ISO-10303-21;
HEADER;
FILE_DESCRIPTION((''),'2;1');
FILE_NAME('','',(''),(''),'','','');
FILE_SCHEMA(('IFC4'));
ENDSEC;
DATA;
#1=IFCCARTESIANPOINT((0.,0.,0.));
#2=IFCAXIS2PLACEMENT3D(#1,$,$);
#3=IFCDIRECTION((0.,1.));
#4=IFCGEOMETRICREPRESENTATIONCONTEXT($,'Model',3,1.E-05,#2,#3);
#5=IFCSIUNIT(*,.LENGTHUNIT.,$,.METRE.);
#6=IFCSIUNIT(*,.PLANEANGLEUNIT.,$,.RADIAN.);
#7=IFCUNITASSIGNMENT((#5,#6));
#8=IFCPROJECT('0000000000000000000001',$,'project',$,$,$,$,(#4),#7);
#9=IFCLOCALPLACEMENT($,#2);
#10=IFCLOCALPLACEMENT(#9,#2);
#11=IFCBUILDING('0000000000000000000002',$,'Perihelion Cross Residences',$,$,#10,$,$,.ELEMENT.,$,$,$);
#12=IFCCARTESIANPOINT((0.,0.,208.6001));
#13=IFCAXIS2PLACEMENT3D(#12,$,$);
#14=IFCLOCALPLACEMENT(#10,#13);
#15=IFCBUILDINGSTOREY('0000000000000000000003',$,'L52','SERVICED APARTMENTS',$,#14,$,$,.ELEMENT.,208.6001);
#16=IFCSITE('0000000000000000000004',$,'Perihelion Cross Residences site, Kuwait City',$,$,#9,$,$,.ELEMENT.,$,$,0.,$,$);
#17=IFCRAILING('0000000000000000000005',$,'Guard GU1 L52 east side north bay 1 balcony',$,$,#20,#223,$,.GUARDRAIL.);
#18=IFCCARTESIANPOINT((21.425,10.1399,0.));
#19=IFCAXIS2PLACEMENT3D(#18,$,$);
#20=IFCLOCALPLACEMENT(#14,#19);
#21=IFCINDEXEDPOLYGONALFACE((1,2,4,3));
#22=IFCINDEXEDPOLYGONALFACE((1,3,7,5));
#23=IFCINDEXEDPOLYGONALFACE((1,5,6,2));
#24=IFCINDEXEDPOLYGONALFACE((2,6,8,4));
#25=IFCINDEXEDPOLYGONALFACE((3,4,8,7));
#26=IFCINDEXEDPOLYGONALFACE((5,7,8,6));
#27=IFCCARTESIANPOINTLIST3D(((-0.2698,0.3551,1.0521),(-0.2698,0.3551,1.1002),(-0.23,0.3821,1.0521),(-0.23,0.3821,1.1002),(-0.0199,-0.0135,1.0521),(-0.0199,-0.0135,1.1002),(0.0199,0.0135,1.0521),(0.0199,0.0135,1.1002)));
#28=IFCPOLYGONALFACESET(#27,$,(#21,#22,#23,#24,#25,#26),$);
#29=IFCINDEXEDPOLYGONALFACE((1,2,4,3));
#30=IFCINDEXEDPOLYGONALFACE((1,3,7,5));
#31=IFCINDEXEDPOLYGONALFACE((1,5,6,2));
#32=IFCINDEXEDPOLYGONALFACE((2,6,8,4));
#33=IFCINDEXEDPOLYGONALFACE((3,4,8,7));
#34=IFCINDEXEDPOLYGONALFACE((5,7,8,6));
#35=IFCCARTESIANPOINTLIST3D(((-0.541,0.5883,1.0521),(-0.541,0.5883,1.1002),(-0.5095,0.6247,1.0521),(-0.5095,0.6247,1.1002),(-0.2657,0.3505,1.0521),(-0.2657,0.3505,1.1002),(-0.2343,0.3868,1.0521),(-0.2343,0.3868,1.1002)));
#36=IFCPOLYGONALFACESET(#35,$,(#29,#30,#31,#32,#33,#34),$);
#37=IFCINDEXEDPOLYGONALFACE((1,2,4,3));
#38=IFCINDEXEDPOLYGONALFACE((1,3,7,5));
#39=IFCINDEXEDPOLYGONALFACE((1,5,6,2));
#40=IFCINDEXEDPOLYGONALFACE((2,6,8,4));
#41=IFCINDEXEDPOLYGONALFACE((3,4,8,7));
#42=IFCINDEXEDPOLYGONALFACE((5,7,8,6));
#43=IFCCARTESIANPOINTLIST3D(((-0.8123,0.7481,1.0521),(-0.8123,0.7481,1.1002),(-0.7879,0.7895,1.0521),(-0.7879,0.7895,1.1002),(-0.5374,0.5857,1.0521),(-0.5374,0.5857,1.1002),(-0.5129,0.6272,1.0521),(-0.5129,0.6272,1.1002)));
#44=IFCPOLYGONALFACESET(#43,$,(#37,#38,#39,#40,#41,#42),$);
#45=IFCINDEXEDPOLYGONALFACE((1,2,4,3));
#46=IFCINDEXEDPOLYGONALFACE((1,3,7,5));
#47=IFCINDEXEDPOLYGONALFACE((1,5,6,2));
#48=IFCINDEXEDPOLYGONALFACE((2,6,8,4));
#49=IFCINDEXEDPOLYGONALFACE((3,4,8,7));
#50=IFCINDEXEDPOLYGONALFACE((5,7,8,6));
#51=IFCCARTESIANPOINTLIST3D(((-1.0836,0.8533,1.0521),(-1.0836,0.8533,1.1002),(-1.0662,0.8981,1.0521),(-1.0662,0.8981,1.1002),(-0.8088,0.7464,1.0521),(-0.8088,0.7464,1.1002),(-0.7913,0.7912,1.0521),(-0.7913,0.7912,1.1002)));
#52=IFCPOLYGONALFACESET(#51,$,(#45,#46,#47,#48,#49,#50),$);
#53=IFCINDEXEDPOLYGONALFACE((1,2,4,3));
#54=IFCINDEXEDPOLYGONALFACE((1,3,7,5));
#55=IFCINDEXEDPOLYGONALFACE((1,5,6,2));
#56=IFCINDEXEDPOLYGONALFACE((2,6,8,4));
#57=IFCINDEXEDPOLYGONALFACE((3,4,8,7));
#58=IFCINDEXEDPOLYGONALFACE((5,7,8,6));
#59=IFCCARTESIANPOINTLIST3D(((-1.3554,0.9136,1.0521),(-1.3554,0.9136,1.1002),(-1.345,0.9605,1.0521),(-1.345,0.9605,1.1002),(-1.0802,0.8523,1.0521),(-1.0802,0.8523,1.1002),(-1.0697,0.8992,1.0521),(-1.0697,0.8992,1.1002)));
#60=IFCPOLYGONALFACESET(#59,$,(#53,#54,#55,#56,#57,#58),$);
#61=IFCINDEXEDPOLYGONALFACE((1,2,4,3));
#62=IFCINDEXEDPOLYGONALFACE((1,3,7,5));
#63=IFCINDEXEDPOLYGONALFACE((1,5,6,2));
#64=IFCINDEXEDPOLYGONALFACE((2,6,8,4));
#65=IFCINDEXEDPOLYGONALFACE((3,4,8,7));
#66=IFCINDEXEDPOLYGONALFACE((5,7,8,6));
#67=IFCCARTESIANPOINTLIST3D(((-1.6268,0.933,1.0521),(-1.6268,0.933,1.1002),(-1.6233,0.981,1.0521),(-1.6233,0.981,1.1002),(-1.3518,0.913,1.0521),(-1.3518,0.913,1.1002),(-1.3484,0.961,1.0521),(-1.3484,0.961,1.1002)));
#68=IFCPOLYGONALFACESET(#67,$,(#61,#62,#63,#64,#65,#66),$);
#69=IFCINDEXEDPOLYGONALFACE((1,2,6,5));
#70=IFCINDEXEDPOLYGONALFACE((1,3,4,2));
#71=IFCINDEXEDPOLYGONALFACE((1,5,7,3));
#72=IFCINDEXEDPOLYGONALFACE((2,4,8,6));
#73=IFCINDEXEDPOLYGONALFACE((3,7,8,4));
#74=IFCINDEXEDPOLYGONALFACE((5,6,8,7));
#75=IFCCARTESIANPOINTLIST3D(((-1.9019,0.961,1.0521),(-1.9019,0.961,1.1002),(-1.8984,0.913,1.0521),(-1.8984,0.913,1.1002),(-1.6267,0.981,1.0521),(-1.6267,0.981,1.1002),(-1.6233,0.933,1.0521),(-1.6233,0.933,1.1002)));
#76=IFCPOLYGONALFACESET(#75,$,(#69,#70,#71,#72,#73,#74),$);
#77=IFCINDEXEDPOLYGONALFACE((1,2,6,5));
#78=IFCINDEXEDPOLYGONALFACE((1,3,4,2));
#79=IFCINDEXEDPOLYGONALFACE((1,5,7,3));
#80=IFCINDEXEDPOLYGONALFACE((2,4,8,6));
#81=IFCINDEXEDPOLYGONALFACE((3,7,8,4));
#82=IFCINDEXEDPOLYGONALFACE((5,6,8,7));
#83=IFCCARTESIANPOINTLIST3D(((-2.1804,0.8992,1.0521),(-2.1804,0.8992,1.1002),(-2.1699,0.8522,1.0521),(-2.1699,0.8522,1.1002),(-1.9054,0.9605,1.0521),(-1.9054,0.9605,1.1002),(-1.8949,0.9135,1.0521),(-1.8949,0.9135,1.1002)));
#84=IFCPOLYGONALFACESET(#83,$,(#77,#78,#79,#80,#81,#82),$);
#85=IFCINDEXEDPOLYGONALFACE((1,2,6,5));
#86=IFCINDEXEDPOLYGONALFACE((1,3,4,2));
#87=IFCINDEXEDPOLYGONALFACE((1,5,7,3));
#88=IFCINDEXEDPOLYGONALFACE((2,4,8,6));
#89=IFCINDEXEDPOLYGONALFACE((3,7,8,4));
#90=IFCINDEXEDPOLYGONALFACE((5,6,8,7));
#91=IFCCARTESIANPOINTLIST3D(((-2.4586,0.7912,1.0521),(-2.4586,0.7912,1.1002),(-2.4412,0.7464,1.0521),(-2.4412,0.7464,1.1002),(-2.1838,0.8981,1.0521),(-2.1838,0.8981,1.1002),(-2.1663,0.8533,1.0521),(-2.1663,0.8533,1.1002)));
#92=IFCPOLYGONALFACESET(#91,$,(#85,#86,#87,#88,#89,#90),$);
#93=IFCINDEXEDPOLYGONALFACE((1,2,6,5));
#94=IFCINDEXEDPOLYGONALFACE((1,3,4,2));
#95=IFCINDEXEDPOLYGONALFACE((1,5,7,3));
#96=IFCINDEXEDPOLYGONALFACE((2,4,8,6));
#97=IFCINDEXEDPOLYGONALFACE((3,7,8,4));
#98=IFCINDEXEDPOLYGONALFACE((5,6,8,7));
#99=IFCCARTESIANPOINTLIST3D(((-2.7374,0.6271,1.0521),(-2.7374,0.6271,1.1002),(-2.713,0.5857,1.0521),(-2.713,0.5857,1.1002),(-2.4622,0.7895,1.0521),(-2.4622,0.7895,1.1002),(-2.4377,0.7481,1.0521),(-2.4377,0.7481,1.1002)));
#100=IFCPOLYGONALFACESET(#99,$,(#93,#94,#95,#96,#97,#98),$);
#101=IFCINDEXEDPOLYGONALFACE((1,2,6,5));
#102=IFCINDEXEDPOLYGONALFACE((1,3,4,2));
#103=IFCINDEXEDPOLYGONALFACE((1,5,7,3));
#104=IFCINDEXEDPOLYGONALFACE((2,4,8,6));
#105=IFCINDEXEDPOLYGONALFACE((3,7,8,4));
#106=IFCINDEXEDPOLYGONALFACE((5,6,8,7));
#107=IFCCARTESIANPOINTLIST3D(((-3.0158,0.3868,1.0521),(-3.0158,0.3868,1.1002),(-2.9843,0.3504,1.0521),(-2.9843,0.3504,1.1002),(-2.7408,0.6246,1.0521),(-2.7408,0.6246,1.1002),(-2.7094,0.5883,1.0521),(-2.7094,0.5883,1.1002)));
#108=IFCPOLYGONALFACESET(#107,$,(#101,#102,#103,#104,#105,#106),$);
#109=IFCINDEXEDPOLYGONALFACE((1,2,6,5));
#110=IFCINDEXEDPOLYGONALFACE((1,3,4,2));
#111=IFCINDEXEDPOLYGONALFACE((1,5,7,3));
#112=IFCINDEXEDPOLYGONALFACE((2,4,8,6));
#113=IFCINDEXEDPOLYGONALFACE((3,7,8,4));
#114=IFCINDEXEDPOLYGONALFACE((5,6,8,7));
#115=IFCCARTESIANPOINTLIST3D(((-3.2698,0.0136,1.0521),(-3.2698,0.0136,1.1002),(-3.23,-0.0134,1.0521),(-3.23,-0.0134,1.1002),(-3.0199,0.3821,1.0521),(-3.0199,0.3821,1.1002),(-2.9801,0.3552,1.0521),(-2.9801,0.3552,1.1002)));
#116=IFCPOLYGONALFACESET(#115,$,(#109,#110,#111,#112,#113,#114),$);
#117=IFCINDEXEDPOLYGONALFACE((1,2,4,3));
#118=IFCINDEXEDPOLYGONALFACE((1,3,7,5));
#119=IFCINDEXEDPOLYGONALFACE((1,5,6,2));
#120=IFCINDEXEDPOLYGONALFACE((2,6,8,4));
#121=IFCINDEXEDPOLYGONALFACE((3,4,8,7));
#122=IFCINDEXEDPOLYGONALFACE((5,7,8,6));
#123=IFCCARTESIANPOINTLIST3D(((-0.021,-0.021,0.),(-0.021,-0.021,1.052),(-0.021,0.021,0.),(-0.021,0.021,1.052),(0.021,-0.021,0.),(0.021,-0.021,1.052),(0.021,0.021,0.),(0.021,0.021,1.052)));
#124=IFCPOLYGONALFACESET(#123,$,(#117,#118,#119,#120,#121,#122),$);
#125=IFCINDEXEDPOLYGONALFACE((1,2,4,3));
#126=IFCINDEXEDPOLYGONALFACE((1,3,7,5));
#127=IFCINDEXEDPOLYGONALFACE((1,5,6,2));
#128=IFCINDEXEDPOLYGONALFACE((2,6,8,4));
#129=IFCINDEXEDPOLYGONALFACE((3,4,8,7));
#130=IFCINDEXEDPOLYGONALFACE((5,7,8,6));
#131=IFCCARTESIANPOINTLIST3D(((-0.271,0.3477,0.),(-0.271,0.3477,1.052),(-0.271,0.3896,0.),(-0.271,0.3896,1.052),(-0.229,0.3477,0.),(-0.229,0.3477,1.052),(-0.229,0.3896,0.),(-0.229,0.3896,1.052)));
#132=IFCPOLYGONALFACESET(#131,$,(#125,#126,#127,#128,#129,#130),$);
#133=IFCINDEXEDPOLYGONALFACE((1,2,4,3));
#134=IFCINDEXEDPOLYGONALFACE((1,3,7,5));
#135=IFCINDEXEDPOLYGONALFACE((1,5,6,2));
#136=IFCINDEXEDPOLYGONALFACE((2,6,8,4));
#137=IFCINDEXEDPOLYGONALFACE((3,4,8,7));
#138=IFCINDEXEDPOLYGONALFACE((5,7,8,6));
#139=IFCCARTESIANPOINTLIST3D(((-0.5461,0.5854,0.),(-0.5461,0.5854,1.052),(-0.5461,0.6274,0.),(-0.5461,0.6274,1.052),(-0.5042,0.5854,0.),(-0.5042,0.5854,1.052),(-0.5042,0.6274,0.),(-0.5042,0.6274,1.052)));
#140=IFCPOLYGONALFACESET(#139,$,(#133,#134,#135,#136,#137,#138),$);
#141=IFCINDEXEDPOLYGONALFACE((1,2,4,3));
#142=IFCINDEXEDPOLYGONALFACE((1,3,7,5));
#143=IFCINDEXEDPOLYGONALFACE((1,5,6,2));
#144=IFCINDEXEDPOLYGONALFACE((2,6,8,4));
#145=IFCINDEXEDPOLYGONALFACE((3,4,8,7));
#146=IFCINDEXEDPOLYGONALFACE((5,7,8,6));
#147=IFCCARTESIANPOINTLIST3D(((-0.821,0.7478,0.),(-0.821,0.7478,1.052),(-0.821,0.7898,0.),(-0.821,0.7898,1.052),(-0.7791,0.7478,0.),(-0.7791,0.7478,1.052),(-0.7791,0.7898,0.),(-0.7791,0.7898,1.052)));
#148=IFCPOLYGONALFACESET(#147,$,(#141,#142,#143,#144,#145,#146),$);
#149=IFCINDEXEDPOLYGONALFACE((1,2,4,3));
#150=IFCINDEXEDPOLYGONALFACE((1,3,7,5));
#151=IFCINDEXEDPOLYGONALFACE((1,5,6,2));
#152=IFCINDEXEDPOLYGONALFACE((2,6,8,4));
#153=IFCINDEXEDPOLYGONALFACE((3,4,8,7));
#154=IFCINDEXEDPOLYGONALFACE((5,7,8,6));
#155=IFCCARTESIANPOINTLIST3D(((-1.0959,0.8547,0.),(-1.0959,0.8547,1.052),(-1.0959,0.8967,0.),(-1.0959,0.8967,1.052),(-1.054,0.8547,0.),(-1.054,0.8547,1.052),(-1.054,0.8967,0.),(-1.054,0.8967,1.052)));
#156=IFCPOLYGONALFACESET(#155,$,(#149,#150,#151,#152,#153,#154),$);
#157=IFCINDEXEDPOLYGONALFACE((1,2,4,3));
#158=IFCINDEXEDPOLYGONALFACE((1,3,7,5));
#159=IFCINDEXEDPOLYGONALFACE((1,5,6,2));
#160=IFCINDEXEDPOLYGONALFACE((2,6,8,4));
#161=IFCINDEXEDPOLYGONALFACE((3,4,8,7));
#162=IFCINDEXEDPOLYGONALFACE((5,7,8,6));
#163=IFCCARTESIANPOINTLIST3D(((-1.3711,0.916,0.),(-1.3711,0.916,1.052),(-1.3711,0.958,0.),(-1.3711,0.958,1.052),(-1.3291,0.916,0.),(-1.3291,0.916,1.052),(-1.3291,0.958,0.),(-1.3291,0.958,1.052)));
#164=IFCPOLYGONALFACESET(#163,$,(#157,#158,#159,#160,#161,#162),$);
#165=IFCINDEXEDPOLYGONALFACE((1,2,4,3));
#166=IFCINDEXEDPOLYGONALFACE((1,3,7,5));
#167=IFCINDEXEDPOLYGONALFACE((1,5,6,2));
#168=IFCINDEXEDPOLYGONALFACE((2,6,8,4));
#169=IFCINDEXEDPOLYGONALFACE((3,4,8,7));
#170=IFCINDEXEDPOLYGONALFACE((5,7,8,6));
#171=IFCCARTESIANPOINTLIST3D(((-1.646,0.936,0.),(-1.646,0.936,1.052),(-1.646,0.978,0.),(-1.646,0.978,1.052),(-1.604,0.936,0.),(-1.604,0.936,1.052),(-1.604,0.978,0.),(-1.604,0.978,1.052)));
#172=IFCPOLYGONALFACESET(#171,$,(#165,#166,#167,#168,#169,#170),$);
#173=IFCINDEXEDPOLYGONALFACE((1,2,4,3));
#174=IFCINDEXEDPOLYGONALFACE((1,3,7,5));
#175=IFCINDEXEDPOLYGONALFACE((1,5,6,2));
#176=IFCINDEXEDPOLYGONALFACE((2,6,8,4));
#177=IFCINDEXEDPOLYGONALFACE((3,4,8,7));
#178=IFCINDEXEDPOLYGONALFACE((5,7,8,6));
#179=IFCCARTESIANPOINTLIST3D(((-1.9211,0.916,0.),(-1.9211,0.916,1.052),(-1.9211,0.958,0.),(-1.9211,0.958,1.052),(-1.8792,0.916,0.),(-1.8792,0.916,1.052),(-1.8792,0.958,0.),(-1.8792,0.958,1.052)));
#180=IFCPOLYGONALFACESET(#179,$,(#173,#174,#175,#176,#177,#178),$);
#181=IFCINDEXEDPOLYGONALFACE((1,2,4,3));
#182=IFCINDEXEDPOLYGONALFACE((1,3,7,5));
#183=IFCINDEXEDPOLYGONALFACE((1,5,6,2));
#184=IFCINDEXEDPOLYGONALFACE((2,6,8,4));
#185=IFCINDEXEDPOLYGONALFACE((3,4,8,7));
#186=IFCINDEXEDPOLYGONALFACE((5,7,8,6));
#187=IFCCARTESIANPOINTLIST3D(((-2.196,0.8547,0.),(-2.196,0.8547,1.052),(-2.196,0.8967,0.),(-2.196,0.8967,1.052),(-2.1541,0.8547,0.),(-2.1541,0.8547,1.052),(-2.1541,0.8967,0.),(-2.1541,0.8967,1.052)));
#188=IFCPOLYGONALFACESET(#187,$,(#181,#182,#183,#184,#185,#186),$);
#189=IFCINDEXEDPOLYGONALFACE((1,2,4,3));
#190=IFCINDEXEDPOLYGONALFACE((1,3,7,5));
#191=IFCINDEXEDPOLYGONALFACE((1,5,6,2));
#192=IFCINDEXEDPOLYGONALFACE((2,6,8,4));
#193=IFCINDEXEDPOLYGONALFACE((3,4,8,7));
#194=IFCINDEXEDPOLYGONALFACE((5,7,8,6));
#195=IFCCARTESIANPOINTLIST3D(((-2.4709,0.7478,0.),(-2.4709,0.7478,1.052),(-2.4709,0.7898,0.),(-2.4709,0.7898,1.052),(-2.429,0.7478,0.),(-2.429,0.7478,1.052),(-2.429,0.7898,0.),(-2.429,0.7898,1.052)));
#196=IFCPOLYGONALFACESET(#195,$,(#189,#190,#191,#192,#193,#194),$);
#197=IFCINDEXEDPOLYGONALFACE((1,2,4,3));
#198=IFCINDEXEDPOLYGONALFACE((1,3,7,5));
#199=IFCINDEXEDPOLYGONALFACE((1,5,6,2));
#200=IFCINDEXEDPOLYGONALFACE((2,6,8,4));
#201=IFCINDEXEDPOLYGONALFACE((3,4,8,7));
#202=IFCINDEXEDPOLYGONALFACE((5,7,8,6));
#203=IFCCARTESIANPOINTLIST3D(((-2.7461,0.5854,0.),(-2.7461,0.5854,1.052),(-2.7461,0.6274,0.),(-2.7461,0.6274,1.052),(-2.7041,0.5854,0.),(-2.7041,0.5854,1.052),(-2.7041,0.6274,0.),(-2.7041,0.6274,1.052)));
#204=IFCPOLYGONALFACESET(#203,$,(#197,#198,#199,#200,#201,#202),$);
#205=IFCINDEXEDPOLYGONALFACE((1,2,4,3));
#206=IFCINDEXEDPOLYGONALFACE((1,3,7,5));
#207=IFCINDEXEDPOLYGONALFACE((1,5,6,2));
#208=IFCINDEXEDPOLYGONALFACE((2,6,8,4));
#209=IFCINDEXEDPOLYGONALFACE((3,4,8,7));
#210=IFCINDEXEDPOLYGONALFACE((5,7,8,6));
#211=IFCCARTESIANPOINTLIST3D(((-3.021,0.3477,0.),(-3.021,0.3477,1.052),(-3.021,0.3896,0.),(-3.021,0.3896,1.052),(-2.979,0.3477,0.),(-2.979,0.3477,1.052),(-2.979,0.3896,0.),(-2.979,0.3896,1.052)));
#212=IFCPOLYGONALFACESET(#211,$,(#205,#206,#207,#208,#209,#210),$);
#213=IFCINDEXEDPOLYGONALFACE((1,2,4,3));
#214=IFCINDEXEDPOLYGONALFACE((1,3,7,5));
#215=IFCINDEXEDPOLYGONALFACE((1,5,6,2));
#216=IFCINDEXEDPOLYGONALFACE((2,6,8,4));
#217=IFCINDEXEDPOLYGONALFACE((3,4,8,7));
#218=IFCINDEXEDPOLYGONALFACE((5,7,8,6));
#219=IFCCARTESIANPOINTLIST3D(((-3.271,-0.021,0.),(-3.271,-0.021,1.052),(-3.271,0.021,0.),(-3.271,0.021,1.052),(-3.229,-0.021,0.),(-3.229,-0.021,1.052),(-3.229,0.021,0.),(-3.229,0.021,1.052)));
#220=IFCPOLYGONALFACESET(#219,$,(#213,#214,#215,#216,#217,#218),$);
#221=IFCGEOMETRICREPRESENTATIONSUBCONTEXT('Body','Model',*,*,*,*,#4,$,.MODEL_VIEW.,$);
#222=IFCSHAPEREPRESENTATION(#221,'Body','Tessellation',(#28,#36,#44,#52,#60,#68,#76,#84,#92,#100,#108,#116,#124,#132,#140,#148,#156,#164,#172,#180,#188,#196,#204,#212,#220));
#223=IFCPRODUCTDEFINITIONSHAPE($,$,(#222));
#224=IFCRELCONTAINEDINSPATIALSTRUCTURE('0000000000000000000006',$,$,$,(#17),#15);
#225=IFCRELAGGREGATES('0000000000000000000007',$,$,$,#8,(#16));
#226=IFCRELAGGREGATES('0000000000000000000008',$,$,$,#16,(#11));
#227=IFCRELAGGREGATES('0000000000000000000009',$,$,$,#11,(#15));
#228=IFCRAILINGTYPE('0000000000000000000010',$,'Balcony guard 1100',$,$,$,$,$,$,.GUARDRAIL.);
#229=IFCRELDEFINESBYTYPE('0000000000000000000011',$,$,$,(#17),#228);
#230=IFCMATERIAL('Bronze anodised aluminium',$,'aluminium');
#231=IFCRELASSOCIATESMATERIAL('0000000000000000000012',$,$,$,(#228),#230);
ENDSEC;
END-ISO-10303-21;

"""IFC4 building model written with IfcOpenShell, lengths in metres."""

from ifc_helpers import new_model, si_unit, direction, frame, origin, origin_2d, place, context, subcontext, project, spatial, rectangle, extrude, material, type_object, element, save


model = new_model("IFC4")

# Units and contexts
model_context = context("Model", 3, precision=1e-05, world=origin(), true_north=direction((0.0, 1.0)))
body_context = subcontext(model_context, "Body", "Model", "MODEL_VIEW")
ifc_project = project(units=[si_unit("LENGTHUNIT", "METRE"), si_unit("PLANEANGLEUNIT", "RADIAN")], contexts=[model_context])

# Site, building, storey
site_placement = place(None, origin())
site = spatial("IfcSite", under=ifc_project, at=site_placement, Name="Perihelion Cross Residences site, Kuwait City", CompositionType="ELEMENT", RefElevation=0.0)
building_placement = place(site_placement, origin())
building = spatial("IfcBuilding", under=site, at=building_placement, Name="Perihelion Cross Residences", CompositionType="ELEMENT")
storey_placement = place(building_placement, frame((0.0, 0.0, 208.6001)))
storey = spatial("IfcBuildingStorey", under=building, at=storey_placement, Name="L52", Description="SERVICED APARTMENTS", CompositionType="ELEMENT", Elevation=208.6001)

# Railing
ifc_material_1 = material(Name="Bronze anodised aluminium", Category="aluminium")
railing_type_1 = type_object("IfcRailingType", Name="Balcony guard 1100", PredefinedType="GUARDRAIL", material=ifc_material_1)
railing_1_placement = place(storey_placement, frame((21.425, 10.1399, 0.0)))
element("IfcRailing", 1, at=railing_1_placement, inside=storey, type_object=railing_type_1, Name="Guard GU1 L52 east side north bay 1 balcony", PredefinedType="GUARDRAIL", context=body_context, shape_type="SweptSolid", body=[
    extrude(rectangle(XDim=0.0481, YDim=0.0481, at=origin_2d()), frame((0.0, 0.0, 1.0762), z_axis=(-0.56126, 0.827639, 0.0), x_axis=(-0.827639, -0.56126, 0.0)), (0.0, 0.0, 1.0), 0.4453),
    extrude(rectangle(XDim=0.0481, YDim=0.0481, at=origin_2d()), frame((-0.25, 0.3687, 1.0762), z_axis=(-0.756597, 0.653882, 0.0), x_axis=(-0.653882, -0.756597, 0.0)), (0.0, 0.0, 1.0), 0.3638),
    extrude(rectangle(XDim=0.0481, YDim=0.0481, at=origin_2d()), frame((-0.5251, 0.6064, 1.0762), z_axis=(-0.861048, 0.508523, 0.0), x_axis=(-0.508523, -0.861048, 0.0)), (0.0, 0.0, 1.0), 0.3193),
    extrude(rectangle(XDim=0.0481, YDim=0.0481, at=origin_2d()), frame((-0.8, 0.7688, 1.0762), z_axis=(-0.931974, 0.362526, 0.0), x_axis=(-0.362526, -0.931974, 0.0)), (0.0, 0.0, 1.0), 0.2949),
    extrude(rectangle(XDim=0.0481, YDim=0.0481, at=origin_2d()), frame((-1.075, 0.8757, 1.0762), z_axis=(-0.976085, 0.217389, 0.0), x_axis=(-0.217389, -0.976085, 0.0)), (0.0, 0.0, 1.0), 0.282),
    extrude(rectangle(XDim=0.0481, YDim=0.0481, at=origin_2d()), frame((-1.3501, 0.937, 1.0762), z_axis=(-0.997359, 0.072632, 0.0), x_axis=(-0.072632, -0.997359, 0.0)), (0.0, 0.0, 1.0), 0.2756),
    extrude(rectangle(XDim=0.0481, YDim=0.0481, at=origin_2d()), frame((-1.625, 0.957, 1.0762), z_axis=(-0.997363, -0.072568, 0.0), x_axis=(0.072568, -0.997363, 0.0)), (0.0, 0.0, 1.0), 0.2759),
    extrude(rectangle(XDim=0.0481, YDim=0.0481, at=origin_2d()), frame((-1.9001, 0.937, 1.0762), z_axis=(-0.976044, -0.217573, 0.0), x_axis=(0.217573, -0.976044, 0.0)), (0.0, 0.0, 1.0), 0.2817),
    extrude(rectangle(XDim=0.0481, YDim=0.0481, at=origin_2d()), frame((-2.175, 0.8757, 1.0762), z_axis=(-0.931974, -0.362526, 0.0), x_axis=(0.362526, -0.931974, 0.0)), (0.0, 0.0, 1.0), 0.2949),
    extrude(rectangle(XDim=0.0481, YDim=0.0481, at=origin_2d()), frame((-2.45, 0.7688, 1.0762), z_axis=(-0.861246, -0.508189, 0.0), x_axis=(0.508189, -0.861246, 0.0)), (0.0, 0.0, 1.0), 0.3196),
    extrude(rectangle(XDim=0.0481, YDim=0.0481, at=origin_2d()), frame((-2.7251, 0.6064, 1.0762), z_axis=(-0.756309, -0.654214, 0.0), x_axis=(0.654214, -0.756309, 0.0)), (0.0, 0.0, 1.0), 0.3635),
    extrude(rectangle(XDim=0.0481, YDim=0.0481, at=origin_2d()), frame((-3.0, 0.3687, 1.0762), z_axis=(-0.56126, -0.827639, 0.0), x_axis=(0.827639, -0.56126, 0.0)), (0.0, 0.0, 1.0), 0.4453),
    extrude(rectangle(XDim=0.042, YDim=0.042, at=origin_2d()), origin(), (0.0, 0.0, 1.0), 1.052),
    extrude(rectangle(XDim=0.042, YDim=0.042, at=origin_2d()), frame((-0.25, 0.3687, 0.0)), (0.0, 0.0, 1.0), 1.052),
    extrude(rectangle(XDim=0.042, YDim=0.042, at=origin_2d()), frame((-0.5251, 0.6064, 0.0)), (0.0, 0.0, 1.0), 1.052),
    extrude(rectangle(XDim=0.042, YDim=0.042, at=origin_2d()), frame((-0.8, 0.7688, 0.0)), (0.0, 0.0, 1.0), 1.052),
    extrude(rectangle(XDim=0.042, YDim=0.042, at=origin_2d()), frame((-1.075, 0.8757, 0.0)), (0.0, 0.0, 1.0), 1.052),
    extrude(rectangle(XDim=0.042, YDim=0.042, at=origin_2d()), frame((-1.3501, 0.937, 0.0)), (0.0, 0.0, 1.0), 1.052),
    extrude(rectangle(XDim=0.042, YDim=0.042, at=origin_2d()), frame((-1.625, 0.957, 0.0)), (0.0, 0.0, 1.0), 1.052),
    extrude(rectangle(XDim=0.042, YDim=0.042, at=origin_2d()), frame((-1.9001, 0.937, 0.0)), (0.0, 0.0, 1.0), 1.052),
    extrude(rectangle(XDim=0.042, YDim=0.042, at=origin_2d()), frame((-2.175, 0.8757, 0.0)), (0.0, 0.0, 1.0), 1.052),
    extrude(rectangle(XDim=0.042, YDim=0.042, at=origin_2d()), frame((-2.45, 0.7688, 0.0)), (0.0, 0.0, 1.0), 1.052),
    extrude(rectangle(XDim=0.042, YDim=0.042, at=origin_2d()), frame((-2.7251, 0.6064, 0.0)), (0.0, 0.0, 1.0), 1.052),
    extrude(rectangle(XDim=0.042, YDim=0.042, at=origin_2d()), frame((-3.0, 0.3687, 0.0)), (0.0, 0.0, 1.0), 1.052),
    extrude(rectangle(XDim=0.042, YDim=0.042, at=origin_2d()), frame((-3.25, 0.0, 0.0)), (0.0, 0.0, 1.0), 1.052),
])

save(model, "model.ifc")
